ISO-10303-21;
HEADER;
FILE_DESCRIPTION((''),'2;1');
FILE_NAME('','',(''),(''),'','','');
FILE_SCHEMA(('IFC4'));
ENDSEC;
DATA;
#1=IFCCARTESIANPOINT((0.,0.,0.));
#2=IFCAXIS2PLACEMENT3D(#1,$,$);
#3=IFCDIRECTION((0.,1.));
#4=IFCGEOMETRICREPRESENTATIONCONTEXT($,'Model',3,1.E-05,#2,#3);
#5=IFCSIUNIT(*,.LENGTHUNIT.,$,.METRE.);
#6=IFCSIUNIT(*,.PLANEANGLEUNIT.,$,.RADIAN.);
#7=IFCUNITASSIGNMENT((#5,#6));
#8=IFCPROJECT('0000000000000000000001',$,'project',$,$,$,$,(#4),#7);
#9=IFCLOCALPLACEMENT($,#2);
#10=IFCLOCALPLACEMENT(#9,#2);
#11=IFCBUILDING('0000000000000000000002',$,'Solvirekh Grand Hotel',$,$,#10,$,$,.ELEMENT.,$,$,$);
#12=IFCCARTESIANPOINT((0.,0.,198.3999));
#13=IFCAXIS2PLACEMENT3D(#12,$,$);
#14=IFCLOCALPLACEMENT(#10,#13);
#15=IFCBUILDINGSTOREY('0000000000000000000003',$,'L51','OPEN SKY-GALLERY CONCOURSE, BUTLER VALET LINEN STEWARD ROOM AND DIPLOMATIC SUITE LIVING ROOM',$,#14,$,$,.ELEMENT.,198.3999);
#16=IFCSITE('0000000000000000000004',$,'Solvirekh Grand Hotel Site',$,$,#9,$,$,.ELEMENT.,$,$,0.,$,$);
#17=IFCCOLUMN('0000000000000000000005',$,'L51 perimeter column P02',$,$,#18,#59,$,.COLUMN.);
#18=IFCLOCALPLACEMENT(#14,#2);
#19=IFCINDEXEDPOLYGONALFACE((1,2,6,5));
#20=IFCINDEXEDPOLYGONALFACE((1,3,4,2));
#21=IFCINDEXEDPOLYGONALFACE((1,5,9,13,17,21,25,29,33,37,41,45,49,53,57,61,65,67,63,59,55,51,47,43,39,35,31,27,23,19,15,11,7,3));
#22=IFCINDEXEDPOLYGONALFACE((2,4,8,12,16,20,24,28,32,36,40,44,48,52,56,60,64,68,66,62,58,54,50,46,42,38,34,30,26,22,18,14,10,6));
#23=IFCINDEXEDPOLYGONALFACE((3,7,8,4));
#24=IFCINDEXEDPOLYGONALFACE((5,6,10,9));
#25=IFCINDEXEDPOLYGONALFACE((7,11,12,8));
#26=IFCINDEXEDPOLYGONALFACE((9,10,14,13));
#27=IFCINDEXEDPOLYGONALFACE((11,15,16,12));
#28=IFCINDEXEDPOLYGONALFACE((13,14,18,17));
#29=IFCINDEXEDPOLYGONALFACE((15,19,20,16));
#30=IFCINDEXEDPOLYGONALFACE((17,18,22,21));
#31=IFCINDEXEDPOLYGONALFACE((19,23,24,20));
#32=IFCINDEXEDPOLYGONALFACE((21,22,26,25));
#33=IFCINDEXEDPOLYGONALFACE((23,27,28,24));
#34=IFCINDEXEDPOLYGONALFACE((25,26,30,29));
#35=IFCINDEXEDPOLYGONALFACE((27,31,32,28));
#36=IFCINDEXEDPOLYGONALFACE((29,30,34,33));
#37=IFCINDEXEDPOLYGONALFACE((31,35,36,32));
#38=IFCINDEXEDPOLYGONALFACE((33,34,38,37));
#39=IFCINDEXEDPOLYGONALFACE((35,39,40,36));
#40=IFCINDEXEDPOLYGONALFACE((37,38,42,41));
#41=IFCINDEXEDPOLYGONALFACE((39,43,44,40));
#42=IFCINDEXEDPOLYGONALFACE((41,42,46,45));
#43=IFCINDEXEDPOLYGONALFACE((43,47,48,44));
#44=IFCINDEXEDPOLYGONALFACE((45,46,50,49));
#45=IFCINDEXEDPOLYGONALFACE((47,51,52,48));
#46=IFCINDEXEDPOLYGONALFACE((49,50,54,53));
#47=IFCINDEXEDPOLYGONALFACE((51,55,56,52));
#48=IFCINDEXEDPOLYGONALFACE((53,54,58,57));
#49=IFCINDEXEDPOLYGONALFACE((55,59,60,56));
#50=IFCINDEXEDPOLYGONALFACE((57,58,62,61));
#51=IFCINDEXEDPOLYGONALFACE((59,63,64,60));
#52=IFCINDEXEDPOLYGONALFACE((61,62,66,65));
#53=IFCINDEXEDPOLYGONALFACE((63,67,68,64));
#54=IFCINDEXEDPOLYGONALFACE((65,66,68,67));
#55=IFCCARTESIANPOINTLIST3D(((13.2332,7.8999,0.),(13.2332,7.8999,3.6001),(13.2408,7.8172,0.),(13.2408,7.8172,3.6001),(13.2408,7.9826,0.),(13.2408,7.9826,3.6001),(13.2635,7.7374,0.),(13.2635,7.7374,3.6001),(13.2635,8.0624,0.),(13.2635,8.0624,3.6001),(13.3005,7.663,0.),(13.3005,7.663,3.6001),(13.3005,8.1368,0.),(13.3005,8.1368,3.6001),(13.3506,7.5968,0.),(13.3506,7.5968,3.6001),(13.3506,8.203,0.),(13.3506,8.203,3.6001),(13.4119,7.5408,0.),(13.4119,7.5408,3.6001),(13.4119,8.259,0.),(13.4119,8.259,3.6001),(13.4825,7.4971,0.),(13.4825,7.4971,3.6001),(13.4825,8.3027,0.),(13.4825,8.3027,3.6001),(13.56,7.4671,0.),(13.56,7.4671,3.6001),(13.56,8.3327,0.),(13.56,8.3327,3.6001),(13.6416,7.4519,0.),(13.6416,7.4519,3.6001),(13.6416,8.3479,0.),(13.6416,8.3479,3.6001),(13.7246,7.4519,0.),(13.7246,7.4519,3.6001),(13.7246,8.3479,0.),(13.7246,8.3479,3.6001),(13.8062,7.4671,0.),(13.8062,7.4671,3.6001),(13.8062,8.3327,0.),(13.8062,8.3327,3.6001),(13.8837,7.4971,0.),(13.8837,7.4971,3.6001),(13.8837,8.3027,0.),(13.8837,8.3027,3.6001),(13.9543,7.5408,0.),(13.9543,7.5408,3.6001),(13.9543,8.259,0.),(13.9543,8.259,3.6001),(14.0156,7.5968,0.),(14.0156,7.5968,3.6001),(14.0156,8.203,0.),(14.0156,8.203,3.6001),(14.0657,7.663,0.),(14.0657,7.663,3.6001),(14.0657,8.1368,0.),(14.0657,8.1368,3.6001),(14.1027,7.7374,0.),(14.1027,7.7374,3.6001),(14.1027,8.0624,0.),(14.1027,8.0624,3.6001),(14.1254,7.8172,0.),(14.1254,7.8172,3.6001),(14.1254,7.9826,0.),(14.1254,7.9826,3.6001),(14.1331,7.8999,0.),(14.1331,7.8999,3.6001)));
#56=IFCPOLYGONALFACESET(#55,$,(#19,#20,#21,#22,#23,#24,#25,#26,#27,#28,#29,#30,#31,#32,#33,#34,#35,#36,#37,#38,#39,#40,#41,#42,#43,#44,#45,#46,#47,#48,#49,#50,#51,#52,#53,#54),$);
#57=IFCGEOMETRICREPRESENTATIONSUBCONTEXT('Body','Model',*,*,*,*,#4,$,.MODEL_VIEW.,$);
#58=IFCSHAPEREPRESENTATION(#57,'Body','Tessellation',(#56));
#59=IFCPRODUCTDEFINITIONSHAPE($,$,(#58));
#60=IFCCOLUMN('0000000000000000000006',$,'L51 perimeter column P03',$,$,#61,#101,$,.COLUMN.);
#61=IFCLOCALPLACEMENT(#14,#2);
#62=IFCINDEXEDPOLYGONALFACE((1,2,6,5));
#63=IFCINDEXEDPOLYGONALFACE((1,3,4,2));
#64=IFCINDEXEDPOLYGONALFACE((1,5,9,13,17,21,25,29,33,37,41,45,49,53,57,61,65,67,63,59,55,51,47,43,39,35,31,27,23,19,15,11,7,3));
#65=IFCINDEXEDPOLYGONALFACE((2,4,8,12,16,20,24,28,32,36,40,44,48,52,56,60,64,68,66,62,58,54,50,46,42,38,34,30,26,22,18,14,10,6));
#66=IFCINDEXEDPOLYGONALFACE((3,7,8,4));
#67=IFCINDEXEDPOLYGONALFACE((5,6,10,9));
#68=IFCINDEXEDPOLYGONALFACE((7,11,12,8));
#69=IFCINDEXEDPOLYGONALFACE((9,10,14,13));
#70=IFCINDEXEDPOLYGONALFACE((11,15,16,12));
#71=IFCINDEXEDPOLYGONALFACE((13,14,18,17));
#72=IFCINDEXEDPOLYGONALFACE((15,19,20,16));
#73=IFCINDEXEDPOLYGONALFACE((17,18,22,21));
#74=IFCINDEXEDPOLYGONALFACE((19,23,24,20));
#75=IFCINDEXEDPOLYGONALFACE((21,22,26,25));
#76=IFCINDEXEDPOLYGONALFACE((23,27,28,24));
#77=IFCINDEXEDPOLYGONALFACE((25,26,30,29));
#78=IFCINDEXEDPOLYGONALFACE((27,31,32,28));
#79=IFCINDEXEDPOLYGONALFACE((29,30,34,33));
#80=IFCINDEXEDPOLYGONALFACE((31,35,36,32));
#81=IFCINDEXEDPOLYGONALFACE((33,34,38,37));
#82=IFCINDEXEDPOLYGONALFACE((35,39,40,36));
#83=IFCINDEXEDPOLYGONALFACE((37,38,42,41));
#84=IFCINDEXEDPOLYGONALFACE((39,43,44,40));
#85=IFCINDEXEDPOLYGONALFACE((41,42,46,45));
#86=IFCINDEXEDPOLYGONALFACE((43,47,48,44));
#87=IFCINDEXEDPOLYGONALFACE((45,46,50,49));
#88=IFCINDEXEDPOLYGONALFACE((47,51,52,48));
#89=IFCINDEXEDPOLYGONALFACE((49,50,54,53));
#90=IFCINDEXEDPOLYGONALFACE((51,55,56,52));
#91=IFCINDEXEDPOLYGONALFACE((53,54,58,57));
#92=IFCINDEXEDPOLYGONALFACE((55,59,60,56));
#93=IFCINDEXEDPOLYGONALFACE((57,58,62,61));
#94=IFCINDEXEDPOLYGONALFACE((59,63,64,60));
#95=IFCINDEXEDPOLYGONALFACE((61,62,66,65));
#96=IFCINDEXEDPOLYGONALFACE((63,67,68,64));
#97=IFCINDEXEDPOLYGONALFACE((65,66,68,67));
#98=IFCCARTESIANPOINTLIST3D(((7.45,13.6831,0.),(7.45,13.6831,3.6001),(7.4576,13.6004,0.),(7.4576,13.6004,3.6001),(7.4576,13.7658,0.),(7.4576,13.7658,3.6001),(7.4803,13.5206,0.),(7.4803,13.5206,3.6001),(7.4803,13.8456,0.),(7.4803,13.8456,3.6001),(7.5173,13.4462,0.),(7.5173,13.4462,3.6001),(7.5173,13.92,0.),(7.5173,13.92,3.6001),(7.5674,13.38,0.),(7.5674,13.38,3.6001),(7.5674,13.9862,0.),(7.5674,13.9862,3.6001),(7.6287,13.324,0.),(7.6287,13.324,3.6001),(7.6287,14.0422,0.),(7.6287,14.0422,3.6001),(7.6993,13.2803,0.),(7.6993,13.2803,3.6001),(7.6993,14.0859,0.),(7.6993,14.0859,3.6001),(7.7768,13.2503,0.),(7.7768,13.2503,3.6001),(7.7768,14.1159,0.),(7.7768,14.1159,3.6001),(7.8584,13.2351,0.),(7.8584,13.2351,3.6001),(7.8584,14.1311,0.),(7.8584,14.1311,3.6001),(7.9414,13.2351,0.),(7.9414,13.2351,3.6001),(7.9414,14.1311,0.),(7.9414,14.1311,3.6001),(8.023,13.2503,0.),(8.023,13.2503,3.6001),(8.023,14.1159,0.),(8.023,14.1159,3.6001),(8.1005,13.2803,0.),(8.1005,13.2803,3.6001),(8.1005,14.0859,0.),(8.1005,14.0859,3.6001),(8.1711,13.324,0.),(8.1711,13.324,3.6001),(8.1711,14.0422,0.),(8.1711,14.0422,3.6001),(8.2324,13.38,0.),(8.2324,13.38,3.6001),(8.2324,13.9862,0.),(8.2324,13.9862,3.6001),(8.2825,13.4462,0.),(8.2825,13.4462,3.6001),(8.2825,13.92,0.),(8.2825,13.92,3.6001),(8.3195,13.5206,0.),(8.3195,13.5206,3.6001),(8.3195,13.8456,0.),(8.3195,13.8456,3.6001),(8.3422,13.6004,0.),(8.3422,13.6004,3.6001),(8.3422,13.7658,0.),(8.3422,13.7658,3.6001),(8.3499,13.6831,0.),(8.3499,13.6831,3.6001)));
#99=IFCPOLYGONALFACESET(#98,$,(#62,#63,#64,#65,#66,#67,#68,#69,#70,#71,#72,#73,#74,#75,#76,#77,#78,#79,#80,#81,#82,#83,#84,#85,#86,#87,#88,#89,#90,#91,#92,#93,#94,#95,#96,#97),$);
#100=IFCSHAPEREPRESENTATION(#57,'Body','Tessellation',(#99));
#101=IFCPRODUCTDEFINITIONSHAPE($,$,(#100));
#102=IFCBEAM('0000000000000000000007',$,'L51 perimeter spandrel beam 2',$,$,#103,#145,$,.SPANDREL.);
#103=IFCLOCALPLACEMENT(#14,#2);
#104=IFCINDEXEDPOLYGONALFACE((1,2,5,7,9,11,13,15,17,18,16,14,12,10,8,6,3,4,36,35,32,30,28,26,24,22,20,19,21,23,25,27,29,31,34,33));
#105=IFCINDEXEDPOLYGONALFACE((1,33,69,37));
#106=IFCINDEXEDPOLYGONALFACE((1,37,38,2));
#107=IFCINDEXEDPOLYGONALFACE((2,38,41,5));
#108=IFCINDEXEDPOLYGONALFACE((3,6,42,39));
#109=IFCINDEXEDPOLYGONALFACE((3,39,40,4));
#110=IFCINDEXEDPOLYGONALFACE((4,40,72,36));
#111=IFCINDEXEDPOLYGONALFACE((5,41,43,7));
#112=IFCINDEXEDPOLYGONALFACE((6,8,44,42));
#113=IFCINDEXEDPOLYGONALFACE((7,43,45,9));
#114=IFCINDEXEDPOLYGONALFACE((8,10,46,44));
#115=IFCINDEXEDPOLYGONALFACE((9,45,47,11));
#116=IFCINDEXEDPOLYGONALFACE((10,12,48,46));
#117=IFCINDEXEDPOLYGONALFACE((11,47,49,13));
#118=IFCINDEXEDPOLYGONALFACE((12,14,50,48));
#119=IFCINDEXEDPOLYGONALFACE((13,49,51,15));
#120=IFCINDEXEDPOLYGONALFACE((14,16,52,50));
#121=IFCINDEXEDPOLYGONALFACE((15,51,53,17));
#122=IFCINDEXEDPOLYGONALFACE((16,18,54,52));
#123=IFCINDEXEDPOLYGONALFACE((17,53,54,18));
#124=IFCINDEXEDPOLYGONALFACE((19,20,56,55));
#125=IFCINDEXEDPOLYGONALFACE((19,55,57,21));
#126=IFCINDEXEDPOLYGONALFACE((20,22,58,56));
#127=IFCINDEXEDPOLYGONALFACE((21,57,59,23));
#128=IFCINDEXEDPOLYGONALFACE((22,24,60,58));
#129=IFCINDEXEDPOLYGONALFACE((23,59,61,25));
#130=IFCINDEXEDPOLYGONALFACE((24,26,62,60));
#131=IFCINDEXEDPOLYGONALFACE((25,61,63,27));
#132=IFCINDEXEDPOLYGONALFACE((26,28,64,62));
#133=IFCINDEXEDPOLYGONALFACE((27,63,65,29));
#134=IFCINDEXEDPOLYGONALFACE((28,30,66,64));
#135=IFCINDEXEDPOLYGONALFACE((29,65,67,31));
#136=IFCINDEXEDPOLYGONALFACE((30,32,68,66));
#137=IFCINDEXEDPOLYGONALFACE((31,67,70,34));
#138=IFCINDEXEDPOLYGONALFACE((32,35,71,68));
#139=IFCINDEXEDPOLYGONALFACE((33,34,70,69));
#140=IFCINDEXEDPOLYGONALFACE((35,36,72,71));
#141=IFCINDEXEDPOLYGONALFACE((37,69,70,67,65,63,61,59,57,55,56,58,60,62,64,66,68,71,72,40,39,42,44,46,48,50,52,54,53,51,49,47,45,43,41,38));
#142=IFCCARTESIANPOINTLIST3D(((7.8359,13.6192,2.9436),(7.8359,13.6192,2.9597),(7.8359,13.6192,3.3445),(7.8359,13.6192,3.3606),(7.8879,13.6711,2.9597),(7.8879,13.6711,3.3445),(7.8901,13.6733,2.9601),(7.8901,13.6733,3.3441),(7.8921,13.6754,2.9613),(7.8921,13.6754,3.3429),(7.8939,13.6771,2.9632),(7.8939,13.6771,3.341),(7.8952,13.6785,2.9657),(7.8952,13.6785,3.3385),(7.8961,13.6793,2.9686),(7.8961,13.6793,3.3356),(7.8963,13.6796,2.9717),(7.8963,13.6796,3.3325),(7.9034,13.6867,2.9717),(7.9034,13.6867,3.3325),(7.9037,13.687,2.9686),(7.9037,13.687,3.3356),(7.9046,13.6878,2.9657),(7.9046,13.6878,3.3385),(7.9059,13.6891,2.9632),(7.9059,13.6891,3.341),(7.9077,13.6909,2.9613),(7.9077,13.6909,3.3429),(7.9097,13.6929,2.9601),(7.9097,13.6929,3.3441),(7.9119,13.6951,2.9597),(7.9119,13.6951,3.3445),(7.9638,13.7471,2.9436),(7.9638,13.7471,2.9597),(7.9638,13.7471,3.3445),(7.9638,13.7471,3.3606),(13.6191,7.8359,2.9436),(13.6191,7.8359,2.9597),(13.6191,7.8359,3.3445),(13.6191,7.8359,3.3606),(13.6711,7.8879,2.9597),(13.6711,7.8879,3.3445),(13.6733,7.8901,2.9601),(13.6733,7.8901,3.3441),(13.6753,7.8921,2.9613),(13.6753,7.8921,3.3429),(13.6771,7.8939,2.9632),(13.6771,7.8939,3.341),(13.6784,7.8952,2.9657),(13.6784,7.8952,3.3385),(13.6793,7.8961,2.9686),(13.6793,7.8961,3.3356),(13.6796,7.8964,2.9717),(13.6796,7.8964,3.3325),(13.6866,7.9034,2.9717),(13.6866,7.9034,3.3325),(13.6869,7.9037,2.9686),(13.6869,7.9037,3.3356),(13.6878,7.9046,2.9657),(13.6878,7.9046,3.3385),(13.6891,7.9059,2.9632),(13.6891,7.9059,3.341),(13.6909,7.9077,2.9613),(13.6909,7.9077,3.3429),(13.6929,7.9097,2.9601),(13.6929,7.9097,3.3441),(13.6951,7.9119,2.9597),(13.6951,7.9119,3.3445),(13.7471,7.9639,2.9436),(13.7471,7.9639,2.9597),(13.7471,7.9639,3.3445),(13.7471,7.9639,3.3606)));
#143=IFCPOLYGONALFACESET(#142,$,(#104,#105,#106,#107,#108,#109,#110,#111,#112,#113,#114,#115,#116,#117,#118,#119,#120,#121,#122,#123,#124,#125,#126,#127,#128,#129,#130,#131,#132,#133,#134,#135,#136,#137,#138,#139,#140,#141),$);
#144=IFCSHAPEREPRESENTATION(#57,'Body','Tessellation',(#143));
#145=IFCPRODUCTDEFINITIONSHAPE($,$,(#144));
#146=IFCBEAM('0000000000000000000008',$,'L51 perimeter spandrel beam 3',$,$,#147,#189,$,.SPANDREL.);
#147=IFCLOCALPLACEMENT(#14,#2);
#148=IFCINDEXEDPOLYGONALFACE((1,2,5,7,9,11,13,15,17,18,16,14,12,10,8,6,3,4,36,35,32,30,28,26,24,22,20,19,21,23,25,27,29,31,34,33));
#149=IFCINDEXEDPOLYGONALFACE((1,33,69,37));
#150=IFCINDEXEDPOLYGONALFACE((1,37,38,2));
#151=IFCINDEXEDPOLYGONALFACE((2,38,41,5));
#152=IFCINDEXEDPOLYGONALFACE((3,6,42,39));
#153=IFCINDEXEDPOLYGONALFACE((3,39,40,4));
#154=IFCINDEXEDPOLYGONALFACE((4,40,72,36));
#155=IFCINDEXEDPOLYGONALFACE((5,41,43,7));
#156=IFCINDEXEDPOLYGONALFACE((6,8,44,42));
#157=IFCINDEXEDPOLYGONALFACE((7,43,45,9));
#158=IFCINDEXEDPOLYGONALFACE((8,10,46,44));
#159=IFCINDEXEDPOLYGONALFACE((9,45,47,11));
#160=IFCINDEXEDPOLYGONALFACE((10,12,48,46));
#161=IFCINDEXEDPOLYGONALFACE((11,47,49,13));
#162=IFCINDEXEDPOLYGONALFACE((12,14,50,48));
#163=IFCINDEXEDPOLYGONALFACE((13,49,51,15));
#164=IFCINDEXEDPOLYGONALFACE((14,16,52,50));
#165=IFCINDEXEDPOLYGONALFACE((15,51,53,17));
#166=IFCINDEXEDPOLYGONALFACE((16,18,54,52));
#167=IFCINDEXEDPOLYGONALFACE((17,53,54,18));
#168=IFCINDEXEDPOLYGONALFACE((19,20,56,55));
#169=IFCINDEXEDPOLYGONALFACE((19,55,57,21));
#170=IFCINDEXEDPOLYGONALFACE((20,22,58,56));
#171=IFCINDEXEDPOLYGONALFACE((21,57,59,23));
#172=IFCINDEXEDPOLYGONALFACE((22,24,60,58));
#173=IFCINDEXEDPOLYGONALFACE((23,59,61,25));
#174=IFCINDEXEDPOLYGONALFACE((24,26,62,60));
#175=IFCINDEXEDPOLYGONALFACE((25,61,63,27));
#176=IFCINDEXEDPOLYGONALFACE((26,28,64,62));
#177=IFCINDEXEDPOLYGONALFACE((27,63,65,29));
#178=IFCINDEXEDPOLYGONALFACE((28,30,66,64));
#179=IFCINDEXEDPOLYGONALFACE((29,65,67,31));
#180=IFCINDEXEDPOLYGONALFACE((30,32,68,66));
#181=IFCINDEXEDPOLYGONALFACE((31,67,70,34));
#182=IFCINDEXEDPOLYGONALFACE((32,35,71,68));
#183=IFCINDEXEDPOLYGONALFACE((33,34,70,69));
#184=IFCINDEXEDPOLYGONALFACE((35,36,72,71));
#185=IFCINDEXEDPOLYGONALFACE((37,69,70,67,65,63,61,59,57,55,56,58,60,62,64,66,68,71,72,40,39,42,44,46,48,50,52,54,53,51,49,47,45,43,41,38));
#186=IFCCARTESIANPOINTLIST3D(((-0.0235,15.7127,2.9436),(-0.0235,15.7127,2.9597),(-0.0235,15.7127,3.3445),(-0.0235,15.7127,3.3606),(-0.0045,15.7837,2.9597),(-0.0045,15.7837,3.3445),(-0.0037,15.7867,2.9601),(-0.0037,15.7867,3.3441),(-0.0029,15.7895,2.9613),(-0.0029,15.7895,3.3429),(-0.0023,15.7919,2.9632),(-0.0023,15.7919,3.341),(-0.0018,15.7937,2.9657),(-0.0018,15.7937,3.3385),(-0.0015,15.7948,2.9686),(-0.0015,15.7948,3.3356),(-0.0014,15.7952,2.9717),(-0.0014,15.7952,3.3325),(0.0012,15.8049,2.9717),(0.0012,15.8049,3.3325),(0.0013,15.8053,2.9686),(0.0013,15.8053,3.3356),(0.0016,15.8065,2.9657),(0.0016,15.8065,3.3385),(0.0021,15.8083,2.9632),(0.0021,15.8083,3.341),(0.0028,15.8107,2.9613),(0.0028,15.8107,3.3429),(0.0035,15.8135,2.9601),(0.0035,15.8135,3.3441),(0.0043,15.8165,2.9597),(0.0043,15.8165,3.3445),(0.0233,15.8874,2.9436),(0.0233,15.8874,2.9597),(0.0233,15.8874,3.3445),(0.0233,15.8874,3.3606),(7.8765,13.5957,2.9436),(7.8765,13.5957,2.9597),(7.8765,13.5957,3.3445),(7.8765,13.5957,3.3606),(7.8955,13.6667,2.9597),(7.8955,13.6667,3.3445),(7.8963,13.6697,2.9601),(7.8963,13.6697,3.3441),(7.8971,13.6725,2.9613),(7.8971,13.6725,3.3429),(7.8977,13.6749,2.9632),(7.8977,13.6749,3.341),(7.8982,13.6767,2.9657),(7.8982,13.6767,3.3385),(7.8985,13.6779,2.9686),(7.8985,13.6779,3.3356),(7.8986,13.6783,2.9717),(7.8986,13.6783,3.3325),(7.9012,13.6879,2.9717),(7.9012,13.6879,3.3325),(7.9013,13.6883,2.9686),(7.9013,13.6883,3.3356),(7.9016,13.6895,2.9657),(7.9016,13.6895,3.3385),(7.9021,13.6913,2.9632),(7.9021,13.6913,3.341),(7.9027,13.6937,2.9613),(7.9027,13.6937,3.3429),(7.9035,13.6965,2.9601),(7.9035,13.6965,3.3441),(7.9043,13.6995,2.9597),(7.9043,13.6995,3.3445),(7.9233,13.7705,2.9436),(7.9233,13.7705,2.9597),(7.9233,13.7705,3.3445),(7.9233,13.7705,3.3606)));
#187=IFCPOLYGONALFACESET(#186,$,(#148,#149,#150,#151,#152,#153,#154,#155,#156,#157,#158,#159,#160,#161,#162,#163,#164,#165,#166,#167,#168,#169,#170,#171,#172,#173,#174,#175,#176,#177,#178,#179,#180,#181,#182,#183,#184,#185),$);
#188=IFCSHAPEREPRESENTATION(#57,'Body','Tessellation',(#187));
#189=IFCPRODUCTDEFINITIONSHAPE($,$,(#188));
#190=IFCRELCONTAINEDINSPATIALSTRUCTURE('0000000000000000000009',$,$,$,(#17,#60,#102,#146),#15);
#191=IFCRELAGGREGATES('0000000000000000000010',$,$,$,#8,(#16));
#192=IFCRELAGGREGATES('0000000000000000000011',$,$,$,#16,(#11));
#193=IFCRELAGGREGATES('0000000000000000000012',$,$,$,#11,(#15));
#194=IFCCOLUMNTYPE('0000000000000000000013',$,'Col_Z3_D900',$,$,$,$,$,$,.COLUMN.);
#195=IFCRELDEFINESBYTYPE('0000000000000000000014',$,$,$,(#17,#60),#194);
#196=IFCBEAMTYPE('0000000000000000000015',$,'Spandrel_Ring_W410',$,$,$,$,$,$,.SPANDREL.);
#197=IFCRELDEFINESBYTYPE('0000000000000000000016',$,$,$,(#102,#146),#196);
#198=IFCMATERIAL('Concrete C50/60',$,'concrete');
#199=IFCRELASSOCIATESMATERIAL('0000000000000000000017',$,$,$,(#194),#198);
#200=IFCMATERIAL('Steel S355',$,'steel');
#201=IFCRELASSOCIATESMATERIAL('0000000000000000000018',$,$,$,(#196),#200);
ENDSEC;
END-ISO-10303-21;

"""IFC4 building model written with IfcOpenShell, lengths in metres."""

from ifc_helpers import new_model, si_unit, direction, frame, origin, origin_2d, place, context, subcontext, project, spatial, circle, i_section, extrude, material, material_profile, profile_set, type_object, element, save


model = new_model("IFC4")

# Units and contexts
model_context = context("Model", 3, precision=1e-05, world=origin(), true_north=direction((0.0, 1.0)))
body_context = subcontext(model_context, "Body", "Model", "MODEL_VIEW")
ifc_project = project(units=[si_unit("LENGTHUNIT", "METRE"), si_unit("PLANEANGLEUNIT", "RADIAN")], contexts=[model_context])

# Site, building, storey
site_placement = place(None, origin())
site = spatial("IfcSite", under=ifc_project, at=site_placement, Name="Solvirekh Grand Hotel Site", CompositionType="ELEMENT", RefElevation=0.0)
building_placement = place(site_placement, origin())
building = spatial("IfcBuilding", under=site, at=building_placement, Name="Solvirekh Grand Hotel", CompositionType="ELEMENT")
storey_placement = place(building_placement, frame((0.0, 0.0, 198.3999)))
storey = spatial("IfcBuildingStorey", under=building, at=storey_placement, Name="L51", Description="OPEN SKY-GALLERY CONCOURSE, BUTLER VALET LINEN STEWARD ROOM AND DIPLOMATIC SUITE LIVING ROOM", CompositionType="ELEMENT", Elevation=198.3999)

# Columns
ifc_material_1 = material(Name="Concrete C50/60", Category="concrete")
ifc_material_profile_1 = material_profile(ifc_material_1, circle(Radius=0.45, at=origin_2d()), Name="RC CIRC D900")
ifc_profile_set_1 = profile_set([ifc_material_profile_1], Name="Concrete C50/60")
column_type = type_object("IfcColumnType", Name="Col_Z3_D900", PredefinedType="COLUMN", material=ifc_profile_set_1)
for number, where, z_axis, x_axis, name in (
    (1, (13.6831, 7.8999, 0.0), (0.0, 0.0, 1.0), (1.0, 0.0, 0.0), "L51 perimeter column P02"),
    (2, (7.8999, 13.6831, 0.0), (0.0, 0.0, 1.0), (1.0, 0.0, 0.0), "L51 perimeter column P03"),
):
    element("IfcColumn", number, at=place(storey_placement, frame(where, z_axis=z_axis, x_axis=x_axis)), inside=storey, type_object=column_type, Name=name, PredefinedType="COLUMN", context=body_context, shape_type="SweptSolid", body=[
        extrude(circle(Radius=0.45, at=origin_2d()), origin(), (0.0, 0.0, 1.0), 3.6001),
    ])

# Beams
ifc_material_2 = material(Name="Steel S355", Category="steel")
ifc_material_profile_2 = material_profile(ifc_material_2, i_section(OverallWidth=0.1809, OverallDepth=0.417, WebThickness=0.01, FlangeThickness=0.0161, FilletRadius=0.012, at=origin_2d()), Name="W410X85")
ifc_profile_set_2 = profile_set([ifc_material_profile_2], Name="Steel S355")
beam_type = type_object("IfcBeamType", Name="Spandrel_Ring_W410", PredefinedType="SPANDREL", material=ifc_profile_set_2)
for number, where, z_axis, x_axis, name in (
    (3, (13.6831, 7.8999, 3.1521), (-0.707107, 0.707107, 0.0), (-0.707107, -0.707107, 0.0), "L51 perimeter spandrel beam 2"),
    (4, (7.8999, 13.6831, 3.1521), (-0.965921, 0.258839, 0.0), (-0.258839, -0.965921, 0.0), "L51 perimeter spandrel beam 3"),
):
    element("IfcBeam", number, at=place(storey_placement, frame(where, z_axis=z_axis, x_axis=x_axis)), inside=storey, type_object=beam_type, Name=name, PredefinedType="SPANDREL", context=body_context, shape_type="SweptSolid", body=[
        extrude(i_section(OverallWidth=0.1809, OverallDepth=0.417, WebThickness=0.01, FlangeThickness=0.0161, FilletRadius=0.012, at=origin_2d()), origin(), (0.0, 0.0, 1.0), 8.1787),
    ])

save(model, "model.ifc")
